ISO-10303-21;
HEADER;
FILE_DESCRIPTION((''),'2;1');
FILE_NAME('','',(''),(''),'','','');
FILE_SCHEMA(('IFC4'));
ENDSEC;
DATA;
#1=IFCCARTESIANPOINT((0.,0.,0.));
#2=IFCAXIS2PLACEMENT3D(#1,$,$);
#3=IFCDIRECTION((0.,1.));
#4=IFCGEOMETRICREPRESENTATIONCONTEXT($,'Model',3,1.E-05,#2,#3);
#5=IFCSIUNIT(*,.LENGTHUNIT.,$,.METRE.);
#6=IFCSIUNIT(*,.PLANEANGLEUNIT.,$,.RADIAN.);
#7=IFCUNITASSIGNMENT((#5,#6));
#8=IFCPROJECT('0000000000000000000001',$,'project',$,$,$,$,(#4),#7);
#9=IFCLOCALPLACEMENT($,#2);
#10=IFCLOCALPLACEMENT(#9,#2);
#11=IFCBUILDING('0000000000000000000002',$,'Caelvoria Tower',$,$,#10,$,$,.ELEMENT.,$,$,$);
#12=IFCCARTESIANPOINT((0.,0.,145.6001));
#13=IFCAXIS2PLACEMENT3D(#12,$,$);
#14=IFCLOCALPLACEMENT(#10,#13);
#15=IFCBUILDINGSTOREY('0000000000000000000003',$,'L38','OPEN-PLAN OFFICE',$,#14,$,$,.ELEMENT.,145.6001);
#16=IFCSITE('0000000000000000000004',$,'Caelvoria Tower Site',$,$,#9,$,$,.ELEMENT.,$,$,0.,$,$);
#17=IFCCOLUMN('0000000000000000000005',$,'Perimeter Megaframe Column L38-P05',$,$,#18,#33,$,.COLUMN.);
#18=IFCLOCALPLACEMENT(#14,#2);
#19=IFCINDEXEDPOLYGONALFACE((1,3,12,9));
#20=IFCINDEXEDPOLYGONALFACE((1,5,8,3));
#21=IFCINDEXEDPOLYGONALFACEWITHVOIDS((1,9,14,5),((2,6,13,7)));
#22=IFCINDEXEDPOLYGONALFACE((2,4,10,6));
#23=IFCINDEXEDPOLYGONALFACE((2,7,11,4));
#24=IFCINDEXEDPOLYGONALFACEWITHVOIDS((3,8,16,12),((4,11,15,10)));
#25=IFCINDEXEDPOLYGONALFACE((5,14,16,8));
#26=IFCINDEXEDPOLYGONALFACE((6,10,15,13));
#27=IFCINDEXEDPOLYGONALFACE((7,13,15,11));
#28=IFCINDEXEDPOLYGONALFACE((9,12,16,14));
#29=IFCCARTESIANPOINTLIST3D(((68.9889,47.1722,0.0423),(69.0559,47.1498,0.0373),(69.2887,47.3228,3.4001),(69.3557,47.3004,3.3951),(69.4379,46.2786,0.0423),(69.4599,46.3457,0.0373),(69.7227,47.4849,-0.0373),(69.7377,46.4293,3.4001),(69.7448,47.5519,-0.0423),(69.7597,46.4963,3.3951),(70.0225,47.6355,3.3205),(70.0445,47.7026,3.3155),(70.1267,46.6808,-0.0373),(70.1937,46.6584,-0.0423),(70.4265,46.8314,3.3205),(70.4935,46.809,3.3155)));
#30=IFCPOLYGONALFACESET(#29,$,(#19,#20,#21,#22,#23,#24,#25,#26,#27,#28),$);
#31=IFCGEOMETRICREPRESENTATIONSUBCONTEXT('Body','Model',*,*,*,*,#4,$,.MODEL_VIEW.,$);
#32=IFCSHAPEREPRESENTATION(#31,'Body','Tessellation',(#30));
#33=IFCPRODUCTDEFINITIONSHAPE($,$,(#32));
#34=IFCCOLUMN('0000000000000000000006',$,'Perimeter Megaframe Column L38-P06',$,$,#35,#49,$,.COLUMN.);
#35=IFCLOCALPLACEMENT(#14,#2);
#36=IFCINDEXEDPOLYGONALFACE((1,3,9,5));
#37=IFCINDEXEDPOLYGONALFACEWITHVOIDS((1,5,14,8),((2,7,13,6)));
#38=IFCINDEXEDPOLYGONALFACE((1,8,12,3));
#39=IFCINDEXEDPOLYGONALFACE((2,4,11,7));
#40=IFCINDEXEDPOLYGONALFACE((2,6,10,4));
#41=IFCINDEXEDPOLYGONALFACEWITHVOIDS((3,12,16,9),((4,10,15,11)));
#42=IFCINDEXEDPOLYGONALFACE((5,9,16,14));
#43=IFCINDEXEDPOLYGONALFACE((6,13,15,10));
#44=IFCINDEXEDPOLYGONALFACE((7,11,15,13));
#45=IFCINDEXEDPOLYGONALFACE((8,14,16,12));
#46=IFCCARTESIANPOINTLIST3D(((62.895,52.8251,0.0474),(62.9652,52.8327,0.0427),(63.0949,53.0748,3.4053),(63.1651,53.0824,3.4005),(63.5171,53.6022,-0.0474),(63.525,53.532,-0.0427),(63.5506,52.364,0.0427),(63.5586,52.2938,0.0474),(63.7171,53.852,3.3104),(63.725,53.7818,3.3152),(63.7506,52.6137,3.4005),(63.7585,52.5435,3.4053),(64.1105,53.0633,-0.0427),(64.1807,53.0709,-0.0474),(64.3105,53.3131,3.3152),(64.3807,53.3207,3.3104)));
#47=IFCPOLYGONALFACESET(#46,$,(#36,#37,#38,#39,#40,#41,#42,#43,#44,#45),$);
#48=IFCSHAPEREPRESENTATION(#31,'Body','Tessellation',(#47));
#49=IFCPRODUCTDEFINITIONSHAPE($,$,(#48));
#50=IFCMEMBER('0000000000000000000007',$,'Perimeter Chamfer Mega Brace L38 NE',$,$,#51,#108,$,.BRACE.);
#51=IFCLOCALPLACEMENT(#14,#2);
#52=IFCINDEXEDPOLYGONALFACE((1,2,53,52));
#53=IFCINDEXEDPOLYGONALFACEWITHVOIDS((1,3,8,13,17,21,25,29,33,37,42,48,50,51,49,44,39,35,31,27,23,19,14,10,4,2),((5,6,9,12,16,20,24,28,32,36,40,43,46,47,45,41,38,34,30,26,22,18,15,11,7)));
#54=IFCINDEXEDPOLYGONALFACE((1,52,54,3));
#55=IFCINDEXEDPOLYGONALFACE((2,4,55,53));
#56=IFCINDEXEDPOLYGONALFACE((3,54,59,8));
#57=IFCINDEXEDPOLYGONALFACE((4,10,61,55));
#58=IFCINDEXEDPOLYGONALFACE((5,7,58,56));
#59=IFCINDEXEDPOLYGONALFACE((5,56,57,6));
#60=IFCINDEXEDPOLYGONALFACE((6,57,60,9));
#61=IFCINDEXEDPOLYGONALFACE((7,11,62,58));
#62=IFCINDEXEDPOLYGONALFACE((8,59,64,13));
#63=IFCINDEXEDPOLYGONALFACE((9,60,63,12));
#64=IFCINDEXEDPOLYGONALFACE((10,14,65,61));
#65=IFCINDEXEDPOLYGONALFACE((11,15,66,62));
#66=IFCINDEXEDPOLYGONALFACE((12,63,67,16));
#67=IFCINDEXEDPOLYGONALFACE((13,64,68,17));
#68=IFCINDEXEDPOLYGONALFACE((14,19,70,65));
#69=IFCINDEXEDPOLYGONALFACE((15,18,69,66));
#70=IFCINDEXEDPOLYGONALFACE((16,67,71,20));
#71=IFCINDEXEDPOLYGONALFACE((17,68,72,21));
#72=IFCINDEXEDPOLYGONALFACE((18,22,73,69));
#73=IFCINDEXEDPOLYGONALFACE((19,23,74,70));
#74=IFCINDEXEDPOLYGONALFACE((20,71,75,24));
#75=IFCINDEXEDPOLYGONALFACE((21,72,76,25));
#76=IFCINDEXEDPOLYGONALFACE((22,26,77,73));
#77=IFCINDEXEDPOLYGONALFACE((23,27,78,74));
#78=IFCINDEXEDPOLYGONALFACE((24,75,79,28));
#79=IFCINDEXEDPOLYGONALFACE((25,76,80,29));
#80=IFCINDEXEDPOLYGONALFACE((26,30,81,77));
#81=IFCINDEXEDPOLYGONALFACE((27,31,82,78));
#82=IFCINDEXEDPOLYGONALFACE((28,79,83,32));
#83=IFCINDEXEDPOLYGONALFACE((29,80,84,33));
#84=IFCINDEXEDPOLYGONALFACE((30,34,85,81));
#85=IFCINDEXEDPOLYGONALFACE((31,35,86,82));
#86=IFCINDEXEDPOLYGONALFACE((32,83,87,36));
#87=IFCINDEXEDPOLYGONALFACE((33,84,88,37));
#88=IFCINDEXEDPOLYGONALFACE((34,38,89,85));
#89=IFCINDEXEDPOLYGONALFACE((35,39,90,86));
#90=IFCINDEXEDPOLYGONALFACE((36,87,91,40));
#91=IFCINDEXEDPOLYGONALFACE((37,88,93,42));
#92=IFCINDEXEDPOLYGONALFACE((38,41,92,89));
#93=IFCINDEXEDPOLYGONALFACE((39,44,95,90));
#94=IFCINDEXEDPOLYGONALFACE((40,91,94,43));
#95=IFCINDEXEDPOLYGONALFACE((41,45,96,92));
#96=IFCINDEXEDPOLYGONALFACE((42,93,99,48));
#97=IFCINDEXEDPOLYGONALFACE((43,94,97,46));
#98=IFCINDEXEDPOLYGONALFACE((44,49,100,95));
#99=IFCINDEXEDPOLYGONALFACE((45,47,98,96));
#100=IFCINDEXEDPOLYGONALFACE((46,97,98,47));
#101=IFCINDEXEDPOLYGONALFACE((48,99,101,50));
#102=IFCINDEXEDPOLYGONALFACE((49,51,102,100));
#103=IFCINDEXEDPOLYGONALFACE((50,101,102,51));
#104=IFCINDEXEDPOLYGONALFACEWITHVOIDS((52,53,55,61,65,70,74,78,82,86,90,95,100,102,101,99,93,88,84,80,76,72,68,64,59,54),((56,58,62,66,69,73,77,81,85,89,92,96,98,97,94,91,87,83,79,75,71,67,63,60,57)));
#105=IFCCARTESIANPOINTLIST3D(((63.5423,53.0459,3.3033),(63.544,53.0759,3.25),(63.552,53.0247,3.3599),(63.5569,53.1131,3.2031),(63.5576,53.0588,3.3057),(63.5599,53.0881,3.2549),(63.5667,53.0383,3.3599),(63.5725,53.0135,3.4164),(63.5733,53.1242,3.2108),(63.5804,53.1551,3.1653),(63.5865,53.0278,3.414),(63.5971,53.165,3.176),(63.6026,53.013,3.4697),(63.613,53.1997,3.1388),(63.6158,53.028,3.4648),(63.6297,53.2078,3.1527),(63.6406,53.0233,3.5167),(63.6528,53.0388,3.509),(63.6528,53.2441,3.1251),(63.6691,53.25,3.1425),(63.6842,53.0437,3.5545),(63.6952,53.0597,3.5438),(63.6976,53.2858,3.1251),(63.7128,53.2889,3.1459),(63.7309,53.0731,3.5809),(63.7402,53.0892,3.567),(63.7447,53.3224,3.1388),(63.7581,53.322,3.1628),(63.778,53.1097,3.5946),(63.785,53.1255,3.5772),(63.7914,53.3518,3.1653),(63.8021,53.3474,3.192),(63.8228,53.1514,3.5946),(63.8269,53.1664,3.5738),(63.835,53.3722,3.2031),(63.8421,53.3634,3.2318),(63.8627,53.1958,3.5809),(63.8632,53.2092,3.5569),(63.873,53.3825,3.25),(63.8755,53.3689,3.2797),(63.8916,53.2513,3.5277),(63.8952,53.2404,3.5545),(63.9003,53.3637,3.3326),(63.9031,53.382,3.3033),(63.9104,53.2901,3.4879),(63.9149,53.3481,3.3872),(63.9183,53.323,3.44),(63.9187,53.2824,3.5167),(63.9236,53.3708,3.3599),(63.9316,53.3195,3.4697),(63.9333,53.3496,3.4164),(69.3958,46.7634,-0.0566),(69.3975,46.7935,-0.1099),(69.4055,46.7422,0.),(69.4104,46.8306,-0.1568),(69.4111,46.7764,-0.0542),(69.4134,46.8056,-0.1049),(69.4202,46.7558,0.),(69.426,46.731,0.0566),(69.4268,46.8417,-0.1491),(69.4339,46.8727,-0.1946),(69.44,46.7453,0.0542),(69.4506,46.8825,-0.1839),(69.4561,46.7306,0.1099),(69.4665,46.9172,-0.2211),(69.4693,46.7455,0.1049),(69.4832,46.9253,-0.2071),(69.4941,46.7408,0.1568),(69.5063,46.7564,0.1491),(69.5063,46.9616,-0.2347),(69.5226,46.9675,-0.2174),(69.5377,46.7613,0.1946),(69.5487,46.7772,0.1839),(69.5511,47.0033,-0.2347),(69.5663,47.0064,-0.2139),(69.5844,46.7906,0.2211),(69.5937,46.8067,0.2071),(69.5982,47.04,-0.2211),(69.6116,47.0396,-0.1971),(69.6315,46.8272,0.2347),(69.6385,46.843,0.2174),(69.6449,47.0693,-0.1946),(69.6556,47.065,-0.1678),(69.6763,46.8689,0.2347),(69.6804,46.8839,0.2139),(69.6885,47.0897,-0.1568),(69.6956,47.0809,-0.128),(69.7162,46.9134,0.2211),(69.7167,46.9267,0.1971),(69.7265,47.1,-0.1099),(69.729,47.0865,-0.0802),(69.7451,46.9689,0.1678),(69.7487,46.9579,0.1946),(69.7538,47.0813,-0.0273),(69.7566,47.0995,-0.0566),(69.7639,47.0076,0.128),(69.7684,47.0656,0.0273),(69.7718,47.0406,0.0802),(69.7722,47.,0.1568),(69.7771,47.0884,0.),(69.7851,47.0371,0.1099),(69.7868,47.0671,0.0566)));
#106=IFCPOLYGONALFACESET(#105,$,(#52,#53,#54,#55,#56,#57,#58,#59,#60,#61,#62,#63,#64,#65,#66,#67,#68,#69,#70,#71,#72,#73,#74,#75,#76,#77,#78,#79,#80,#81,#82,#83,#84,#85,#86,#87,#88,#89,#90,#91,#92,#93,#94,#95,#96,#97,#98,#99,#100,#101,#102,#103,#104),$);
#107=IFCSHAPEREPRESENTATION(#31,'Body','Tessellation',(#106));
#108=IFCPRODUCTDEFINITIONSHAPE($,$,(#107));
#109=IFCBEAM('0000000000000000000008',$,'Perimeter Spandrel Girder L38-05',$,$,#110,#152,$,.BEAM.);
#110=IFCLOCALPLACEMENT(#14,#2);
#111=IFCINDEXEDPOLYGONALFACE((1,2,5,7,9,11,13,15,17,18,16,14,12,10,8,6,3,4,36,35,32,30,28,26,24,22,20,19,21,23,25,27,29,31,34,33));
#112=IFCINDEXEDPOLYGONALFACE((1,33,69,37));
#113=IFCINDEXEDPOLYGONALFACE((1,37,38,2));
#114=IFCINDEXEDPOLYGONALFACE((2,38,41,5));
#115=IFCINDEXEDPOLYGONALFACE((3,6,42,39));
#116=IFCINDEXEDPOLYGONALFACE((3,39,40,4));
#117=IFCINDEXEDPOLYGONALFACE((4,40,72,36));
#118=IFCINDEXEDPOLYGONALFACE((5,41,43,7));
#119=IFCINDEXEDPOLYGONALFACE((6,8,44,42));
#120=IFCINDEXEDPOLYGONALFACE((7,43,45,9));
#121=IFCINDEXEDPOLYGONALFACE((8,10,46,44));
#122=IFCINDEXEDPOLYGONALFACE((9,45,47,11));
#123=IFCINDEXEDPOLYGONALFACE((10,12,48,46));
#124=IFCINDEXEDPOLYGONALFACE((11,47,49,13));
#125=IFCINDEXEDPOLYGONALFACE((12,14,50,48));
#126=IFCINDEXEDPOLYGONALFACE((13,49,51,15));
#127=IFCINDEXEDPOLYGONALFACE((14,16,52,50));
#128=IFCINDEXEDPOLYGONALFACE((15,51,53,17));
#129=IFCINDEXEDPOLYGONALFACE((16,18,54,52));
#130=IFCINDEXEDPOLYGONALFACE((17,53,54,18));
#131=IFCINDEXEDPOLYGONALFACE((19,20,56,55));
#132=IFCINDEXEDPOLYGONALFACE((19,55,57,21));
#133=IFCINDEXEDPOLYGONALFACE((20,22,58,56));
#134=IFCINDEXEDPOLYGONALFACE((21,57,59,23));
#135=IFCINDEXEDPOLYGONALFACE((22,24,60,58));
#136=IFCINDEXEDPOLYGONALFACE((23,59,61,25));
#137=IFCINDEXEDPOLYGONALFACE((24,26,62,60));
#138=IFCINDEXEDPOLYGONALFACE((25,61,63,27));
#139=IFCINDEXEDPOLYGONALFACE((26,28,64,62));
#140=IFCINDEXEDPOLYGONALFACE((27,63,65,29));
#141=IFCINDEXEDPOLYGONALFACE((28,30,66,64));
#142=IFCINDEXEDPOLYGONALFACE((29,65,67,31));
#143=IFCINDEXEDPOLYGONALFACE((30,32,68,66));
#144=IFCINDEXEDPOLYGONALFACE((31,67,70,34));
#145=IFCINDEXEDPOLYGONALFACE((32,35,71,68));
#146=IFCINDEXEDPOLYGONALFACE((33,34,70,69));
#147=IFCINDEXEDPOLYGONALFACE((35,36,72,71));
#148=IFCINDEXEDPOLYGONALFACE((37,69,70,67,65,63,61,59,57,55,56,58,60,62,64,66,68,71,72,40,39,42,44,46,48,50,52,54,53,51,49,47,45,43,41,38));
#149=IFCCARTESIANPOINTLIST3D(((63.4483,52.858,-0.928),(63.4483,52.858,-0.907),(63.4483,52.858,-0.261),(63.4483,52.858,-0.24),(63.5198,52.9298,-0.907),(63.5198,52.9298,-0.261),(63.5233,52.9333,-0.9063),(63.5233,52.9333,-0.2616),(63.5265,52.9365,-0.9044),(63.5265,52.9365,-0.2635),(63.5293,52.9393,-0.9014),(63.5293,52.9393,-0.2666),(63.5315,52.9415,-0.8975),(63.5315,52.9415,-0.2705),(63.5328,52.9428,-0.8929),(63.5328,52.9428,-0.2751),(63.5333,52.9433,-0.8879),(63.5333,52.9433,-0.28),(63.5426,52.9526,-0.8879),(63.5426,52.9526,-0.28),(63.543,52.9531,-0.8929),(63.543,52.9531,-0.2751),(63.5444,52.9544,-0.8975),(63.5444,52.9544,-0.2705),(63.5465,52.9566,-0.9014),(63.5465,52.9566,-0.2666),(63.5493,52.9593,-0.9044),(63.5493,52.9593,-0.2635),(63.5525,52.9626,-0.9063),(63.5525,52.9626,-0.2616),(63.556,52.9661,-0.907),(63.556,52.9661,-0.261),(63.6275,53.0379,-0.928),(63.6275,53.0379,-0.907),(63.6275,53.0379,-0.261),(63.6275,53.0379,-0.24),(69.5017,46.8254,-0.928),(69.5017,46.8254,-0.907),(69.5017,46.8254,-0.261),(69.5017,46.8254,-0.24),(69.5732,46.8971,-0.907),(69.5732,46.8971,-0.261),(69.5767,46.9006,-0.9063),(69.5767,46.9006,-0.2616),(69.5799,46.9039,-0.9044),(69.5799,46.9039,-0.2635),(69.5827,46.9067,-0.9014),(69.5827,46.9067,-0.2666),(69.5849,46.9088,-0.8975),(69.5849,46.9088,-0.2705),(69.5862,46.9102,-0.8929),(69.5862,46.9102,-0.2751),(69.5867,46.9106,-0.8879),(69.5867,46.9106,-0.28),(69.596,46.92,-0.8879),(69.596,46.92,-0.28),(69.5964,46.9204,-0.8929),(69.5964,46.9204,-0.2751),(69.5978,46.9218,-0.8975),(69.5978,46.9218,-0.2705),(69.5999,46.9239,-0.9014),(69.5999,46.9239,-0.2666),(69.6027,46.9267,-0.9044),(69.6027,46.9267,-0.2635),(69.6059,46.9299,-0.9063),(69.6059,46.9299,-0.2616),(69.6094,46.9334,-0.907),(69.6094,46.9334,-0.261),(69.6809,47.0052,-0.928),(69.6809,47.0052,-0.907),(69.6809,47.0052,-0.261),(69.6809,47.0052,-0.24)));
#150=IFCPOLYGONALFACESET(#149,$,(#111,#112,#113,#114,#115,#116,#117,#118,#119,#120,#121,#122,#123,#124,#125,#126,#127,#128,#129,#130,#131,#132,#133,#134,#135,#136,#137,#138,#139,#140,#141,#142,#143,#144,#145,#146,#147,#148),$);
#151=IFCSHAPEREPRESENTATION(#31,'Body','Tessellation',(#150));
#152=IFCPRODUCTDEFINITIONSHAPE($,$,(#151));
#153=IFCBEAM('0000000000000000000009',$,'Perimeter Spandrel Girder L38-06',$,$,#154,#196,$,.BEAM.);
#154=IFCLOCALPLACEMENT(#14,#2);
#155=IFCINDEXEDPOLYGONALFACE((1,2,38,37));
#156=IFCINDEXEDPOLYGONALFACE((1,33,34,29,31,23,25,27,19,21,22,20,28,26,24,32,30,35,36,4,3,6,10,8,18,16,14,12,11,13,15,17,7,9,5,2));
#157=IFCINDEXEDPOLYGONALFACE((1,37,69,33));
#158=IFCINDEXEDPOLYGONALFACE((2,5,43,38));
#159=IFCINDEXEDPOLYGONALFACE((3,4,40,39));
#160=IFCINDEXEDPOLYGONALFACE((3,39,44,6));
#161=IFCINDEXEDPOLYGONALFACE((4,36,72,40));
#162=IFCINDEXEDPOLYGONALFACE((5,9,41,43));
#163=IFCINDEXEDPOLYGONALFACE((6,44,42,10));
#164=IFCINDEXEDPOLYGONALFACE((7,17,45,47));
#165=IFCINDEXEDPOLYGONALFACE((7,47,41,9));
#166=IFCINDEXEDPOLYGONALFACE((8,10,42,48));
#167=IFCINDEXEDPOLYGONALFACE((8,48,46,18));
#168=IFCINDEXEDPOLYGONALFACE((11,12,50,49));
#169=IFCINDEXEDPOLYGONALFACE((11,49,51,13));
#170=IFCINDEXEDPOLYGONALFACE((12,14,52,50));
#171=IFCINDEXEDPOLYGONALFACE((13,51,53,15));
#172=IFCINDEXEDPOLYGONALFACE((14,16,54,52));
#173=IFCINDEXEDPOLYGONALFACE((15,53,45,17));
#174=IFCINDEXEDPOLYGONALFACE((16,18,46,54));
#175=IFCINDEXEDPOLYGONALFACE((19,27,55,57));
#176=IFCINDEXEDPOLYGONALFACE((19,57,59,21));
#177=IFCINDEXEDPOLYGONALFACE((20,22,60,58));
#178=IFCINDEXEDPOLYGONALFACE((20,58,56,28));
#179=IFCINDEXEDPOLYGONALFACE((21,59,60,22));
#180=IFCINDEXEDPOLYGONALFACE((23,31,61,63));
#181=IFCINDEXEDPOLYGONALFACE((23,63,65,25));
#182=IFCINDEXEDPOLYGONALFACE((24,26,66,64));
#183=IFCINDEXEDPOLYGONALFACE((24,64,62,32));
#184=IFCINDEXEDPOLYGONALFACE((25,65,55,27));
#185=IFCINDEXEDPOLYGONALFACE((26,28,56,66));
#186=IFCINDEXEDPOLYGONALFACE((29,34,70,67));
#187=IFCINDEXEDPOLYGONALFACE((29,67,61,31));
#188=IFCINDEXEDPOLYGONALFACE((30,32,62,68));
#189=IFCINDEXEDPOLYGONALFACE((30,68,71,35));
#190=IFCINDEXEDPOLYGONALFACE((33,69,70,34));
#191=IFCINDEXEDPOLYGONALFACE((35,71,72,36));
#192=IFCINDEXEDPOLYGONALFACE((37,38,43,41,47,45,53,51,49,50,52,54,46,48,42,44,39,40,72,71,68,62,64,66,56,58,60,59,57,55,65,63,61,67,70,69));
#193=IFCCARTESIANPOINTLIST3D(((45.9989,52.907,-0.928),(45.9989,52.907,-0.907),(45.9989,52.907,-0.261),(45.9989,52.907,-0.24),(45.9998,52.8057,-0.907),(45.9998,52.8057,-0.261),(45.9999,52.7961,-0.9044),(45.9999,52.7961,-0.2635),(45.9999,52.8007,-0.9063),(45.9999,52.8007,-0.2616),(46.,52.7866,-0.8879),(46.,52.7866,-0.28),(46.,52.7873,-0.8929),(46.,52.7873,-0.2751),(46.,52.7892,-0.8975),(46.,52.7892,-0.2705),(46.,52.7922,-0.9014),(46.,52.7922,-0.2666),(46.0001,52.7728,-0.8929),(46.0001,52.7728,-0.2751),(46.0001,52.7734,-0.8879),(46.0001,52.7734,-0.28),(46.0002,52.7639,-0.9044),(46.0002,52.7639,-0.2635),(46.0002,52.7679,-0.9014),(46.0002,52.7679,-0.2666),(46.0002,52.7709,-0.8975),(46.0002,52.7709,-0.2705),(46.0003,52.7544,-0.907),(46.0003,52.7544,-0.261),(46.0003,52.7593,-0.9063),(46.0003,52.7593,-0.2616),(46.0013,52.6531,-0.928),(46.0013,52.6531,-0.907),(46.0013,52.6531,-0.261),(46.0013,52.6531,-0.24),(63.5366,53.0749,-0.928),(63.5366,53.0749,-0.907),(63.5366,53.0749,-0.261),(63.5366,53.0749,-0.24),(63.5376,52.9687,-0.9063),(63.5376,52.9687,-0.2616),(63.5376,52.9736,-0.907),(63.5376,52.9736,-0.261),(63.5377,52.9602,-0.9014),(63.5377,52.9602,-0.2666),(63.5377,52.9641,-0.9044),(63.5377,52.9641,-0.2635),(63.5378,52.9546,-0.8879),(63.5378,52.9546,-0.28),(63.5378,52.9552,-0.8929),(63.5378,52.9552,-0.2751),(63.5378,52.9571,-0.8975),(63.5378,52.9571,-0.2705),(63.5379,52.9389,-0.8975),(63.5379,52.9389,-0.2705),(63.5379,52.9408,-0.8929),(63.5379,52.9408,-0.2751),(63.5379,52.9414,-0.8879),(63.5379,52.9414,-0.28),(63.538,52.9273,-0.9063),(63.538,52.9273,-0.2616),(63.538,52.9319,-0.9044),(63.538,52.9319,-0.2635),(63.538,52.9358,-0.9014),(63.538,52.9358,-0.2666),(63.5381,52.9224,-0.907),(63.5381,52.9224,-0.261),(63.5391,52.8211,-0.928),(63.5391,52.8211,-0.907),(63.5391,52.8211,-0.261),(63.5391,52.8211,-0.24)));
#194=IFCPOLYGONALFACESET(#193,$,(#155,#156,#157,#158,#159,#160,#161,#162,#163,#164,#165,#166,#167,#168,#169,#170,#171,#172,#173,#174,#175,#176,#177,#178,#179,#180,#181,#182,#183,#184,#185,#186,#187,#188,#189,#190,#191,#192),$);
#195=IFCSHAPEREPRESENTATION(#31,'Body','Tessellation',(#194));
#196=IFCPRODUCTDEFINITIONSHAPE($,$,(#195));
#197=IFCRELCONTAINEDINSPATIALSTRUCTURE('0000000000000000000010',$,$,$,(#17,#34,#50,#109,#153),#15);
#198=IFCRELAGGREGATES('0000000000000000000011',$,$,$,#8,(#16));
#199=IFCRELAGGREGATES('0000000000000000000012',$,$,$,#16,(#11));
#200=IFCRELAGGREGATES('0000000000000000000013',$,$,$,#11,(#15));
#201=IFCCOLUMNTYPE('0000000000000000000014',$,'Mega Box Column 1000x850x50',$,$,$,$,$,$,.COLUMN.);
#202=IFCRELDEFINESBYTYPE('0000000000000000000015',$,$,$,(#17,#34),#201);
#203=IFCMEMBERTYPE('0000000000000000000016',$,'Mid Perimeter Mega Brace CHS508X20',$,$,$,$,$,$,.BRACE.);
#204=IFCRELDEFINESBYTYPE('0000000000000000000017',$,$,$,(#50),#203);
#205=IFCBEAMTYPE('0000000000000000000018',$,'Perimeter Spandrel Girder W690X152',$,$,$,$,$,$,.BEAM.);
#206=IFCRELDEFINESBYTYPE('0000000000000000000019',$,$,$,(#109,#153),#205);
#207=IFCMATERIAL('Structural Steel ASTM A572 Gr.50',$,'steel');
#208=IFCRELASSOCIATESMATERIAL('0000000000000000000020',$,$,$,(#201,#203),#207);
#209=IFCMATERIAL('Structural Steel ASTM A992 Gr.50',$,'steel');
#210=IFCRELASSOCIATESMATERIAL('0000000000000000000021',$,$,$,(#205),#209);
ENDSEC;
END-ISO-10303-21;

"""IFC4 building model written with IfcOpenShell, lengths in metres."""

from ifc_helpers import new_model, si_unit, direction, frame, origin, origin_2d, place, context, subcontext, project, spatial, hollow_rectangle, hollow_circle, i_section, extrude, material, material_profile, profile_set, type_object, element, save


model = new_model("IFC4")

# Units and contexts
model_context = context("Model", 3, precision=1e-05, world=origin(), true_north=direction((0.0, 1.0)))
body_context = subcontext(model_context, "Body", "Model", "MODEL_VIEW")
ifc_project = project(units=[si_unit("LENGTHUNIT", "METRE"), si_unit("PLANEANGLEUNIT", "RADIAN")], contexts=[model_context])

# Site, building, storey
site_placement = place(None, origin())
site = spatial("IfcSite", under=ifc_project, at=site_placement, Name="Caelvoria Tower Site", CompositionType="ELEMENT", RefElevation=0.0)
building_placement = place(site_placement, origin())
building = spatial("IfcBuilding", under=site, at=building_placement, Name="Caelvoria Tower", CompositionType="ELEMENT")
storey_placement = place(building_placement, frame((0.0, 0.0, 145.6001)))
storey = spatial("IfcBuildingStorey", under=building, at=storey_placement, Name="L38", Description="OPEN-PLAN OFFICE", CompositionType="ELEMENT", Elevation=145.6001)

# Columns
ifc_material_1 = material(Name="Structural Steel ASTM A572 Gr.50", Category="steel")
ifc_material_profile_1 = material_profile(ifc_material_1, hollow_rectangle(XDim=0.8501, YDim=1.0, WallThickness=0.05, at=origin_2d()), Name="Structural Steel ASTM A572 Gr.50")
ifc_profile_set_1 = profile_set([ifc_material_profile_1], Name="BOX1000X850X50 - Structural Steel ASTM A572 Gr.50")
column_type = type_object("IfcColumnType", Name="Mega Box Column 1000x850x50", PredefinedType="COLUMN", material=ifc_profile_set_1)
column_1_placement = place(storey_placement, frame((69.5913, 46.9153, 0.0), z_axis=(0.088841, 0.044637, 0.995045), x_axis=(-0.889125, -0.446735, 0.099424)))
element("IfcColumn", 1, at=column_1_placement, inside=storey, type_object=column_type, Name="Perimeter Megaframe Column L38-P05", PredefinedType="COLUMN", context=body_context, shape_type="SweptSolid", body=[
    extrude(hollow_rectangle(XDim=0.8501, YDim=1.0, WallThickness=0.05, at=origin_2d()), origin(), (0.0, 0.0, 1.0), 3.3745),
])
column_2_placement = place(storey_placement, frame((63.5378, 52.948, 0.0), z_axis=(0.059278, 0.074043, 0.995492), x_axis=(-0.780645, 0.624974, 0.0)))
element("IfcColumn", 2, at=column_2_placement, inside=storey, type_object=column_type, Name="Perimeter Megaframe Column L38-P06", PredefinedType="COLUMN", context=body_context, shape_type="SweptSolid", body=[
    extrude(hollow_rectangle(XDim=0.8501, YDim=1.0, WallThickness=0.05, at=origin_2d()), origin(), (0.0, 0.0, 1.0), 3.373),
])

# Member
ifc_material_profile_2 = material_profile(ifc_material_1, hollow_circle(Radius=0.2539, WallThickness=0.02, at=origin_2d()), Name="Structural Steel ASTM A572 Gr.50")
ifc_profile_set_2 = profile_set([ifc_material_profile_2], Name="CHS508X20 - Structural Steel ASTM A572 Gr.50")
member_type = type_object("IfcMemberType", Name="Mid Perimeter Mega Brace CHS508X20", PredefinedType="BRACE", material=ifc_profile_set_2)
member_placement = place(storey_placement, frame((69.5913, 46.9153, 0.0), z_axis=(-0.634822, 0.681342, 0.364382), x_axis=(-0.731643, -0.681688, 0.0)))
element("IfcMember", 3, at=member_placement, inside=storey, type_object=member_type, Name="Perimeter Chamfer Mega Brace L38 NE", PredefinedType="BRACE", context=body_context, shape_type="SweptSolid", body=[
    extrude(hollow_circle(Radius=0.2539, WallThickness=0.02, at=origin_2d()), origin(), (0.0, 0.0, 1.0), 9.2207),
])

# Beams
ifc_material_2 = material(Name="Structural Steel ASTM A992 Gr.50", Category="steel")
ifc_material_profile_3 = material_profile(ifc_material_2, i_section(OverallWidth=0.2539, OverallDepth=0.688, WebThickness=0.0132, FlangeThickness=0.021, FilletRadius=0.019, at=origin_2d()), Name="Structural Steel ASTM A992 Gr.50")
ifc_profile_set_3 = profile_set([ifc_material_profile_3], Name="W690X152 - Structural Steel ASTM A992 Gr.50")
beam_type_1 = type_object("IfcBeamType", Name="Perimeter Spandrel Girder W690X152", PredefinedType="BEAM", material=ifc_profile_set_3)
beam_1_placement = place(storey_placement, frame((69.5913, 46.9153, -0.584), z_axis=(-0.70832, 0.705892, 0.0), x_axis=(-0.705892, -0.70832, 0.0)))
element("IfcBeam", 4, at=beam_1_placement, inside=storey, type_object=beam_type_1, Name="Perimeter Spandrel Girder L38-05", PredefinedType="BEAM", context=body_context, shape_type="SweptSolid", body=[
    extrude(i_section(OverallWidth=0.2539, OverallDepth=0.688, WebThickness=0.0132, FlangeThickness=0.021, FilletRadius=0.019, at=origin_2d()), origin(), (0.0, 0.0, 1.0), 8.5461),
])
beam_2_placement = place(storey_placement, frame((63.5378, 52.948, -0.584), z_axis=(-0.999954, -0.009577, 0.0), x_axis=(0.009577, -0.999954, 0.0)))
element("IfcBeam", 5, at=beam_2_placement, inside=storey, type_object=beam_type_1, Name="Perimeter Spandrel Girder L38-06", PredefinedType="BEAM", context=body_context, shape_type="SweptSolid", body=[
    extrude(i_section(OverallWidth=0.2539, OverallDepth=0.688, WebThickness=0.0132, FlangeThickness=0.021, FilletRadius=0.019, at=origin_2d()), origin(), (0.0, 0.0, 1.0), 17.5386),
])

save(model, "model.ifc")
